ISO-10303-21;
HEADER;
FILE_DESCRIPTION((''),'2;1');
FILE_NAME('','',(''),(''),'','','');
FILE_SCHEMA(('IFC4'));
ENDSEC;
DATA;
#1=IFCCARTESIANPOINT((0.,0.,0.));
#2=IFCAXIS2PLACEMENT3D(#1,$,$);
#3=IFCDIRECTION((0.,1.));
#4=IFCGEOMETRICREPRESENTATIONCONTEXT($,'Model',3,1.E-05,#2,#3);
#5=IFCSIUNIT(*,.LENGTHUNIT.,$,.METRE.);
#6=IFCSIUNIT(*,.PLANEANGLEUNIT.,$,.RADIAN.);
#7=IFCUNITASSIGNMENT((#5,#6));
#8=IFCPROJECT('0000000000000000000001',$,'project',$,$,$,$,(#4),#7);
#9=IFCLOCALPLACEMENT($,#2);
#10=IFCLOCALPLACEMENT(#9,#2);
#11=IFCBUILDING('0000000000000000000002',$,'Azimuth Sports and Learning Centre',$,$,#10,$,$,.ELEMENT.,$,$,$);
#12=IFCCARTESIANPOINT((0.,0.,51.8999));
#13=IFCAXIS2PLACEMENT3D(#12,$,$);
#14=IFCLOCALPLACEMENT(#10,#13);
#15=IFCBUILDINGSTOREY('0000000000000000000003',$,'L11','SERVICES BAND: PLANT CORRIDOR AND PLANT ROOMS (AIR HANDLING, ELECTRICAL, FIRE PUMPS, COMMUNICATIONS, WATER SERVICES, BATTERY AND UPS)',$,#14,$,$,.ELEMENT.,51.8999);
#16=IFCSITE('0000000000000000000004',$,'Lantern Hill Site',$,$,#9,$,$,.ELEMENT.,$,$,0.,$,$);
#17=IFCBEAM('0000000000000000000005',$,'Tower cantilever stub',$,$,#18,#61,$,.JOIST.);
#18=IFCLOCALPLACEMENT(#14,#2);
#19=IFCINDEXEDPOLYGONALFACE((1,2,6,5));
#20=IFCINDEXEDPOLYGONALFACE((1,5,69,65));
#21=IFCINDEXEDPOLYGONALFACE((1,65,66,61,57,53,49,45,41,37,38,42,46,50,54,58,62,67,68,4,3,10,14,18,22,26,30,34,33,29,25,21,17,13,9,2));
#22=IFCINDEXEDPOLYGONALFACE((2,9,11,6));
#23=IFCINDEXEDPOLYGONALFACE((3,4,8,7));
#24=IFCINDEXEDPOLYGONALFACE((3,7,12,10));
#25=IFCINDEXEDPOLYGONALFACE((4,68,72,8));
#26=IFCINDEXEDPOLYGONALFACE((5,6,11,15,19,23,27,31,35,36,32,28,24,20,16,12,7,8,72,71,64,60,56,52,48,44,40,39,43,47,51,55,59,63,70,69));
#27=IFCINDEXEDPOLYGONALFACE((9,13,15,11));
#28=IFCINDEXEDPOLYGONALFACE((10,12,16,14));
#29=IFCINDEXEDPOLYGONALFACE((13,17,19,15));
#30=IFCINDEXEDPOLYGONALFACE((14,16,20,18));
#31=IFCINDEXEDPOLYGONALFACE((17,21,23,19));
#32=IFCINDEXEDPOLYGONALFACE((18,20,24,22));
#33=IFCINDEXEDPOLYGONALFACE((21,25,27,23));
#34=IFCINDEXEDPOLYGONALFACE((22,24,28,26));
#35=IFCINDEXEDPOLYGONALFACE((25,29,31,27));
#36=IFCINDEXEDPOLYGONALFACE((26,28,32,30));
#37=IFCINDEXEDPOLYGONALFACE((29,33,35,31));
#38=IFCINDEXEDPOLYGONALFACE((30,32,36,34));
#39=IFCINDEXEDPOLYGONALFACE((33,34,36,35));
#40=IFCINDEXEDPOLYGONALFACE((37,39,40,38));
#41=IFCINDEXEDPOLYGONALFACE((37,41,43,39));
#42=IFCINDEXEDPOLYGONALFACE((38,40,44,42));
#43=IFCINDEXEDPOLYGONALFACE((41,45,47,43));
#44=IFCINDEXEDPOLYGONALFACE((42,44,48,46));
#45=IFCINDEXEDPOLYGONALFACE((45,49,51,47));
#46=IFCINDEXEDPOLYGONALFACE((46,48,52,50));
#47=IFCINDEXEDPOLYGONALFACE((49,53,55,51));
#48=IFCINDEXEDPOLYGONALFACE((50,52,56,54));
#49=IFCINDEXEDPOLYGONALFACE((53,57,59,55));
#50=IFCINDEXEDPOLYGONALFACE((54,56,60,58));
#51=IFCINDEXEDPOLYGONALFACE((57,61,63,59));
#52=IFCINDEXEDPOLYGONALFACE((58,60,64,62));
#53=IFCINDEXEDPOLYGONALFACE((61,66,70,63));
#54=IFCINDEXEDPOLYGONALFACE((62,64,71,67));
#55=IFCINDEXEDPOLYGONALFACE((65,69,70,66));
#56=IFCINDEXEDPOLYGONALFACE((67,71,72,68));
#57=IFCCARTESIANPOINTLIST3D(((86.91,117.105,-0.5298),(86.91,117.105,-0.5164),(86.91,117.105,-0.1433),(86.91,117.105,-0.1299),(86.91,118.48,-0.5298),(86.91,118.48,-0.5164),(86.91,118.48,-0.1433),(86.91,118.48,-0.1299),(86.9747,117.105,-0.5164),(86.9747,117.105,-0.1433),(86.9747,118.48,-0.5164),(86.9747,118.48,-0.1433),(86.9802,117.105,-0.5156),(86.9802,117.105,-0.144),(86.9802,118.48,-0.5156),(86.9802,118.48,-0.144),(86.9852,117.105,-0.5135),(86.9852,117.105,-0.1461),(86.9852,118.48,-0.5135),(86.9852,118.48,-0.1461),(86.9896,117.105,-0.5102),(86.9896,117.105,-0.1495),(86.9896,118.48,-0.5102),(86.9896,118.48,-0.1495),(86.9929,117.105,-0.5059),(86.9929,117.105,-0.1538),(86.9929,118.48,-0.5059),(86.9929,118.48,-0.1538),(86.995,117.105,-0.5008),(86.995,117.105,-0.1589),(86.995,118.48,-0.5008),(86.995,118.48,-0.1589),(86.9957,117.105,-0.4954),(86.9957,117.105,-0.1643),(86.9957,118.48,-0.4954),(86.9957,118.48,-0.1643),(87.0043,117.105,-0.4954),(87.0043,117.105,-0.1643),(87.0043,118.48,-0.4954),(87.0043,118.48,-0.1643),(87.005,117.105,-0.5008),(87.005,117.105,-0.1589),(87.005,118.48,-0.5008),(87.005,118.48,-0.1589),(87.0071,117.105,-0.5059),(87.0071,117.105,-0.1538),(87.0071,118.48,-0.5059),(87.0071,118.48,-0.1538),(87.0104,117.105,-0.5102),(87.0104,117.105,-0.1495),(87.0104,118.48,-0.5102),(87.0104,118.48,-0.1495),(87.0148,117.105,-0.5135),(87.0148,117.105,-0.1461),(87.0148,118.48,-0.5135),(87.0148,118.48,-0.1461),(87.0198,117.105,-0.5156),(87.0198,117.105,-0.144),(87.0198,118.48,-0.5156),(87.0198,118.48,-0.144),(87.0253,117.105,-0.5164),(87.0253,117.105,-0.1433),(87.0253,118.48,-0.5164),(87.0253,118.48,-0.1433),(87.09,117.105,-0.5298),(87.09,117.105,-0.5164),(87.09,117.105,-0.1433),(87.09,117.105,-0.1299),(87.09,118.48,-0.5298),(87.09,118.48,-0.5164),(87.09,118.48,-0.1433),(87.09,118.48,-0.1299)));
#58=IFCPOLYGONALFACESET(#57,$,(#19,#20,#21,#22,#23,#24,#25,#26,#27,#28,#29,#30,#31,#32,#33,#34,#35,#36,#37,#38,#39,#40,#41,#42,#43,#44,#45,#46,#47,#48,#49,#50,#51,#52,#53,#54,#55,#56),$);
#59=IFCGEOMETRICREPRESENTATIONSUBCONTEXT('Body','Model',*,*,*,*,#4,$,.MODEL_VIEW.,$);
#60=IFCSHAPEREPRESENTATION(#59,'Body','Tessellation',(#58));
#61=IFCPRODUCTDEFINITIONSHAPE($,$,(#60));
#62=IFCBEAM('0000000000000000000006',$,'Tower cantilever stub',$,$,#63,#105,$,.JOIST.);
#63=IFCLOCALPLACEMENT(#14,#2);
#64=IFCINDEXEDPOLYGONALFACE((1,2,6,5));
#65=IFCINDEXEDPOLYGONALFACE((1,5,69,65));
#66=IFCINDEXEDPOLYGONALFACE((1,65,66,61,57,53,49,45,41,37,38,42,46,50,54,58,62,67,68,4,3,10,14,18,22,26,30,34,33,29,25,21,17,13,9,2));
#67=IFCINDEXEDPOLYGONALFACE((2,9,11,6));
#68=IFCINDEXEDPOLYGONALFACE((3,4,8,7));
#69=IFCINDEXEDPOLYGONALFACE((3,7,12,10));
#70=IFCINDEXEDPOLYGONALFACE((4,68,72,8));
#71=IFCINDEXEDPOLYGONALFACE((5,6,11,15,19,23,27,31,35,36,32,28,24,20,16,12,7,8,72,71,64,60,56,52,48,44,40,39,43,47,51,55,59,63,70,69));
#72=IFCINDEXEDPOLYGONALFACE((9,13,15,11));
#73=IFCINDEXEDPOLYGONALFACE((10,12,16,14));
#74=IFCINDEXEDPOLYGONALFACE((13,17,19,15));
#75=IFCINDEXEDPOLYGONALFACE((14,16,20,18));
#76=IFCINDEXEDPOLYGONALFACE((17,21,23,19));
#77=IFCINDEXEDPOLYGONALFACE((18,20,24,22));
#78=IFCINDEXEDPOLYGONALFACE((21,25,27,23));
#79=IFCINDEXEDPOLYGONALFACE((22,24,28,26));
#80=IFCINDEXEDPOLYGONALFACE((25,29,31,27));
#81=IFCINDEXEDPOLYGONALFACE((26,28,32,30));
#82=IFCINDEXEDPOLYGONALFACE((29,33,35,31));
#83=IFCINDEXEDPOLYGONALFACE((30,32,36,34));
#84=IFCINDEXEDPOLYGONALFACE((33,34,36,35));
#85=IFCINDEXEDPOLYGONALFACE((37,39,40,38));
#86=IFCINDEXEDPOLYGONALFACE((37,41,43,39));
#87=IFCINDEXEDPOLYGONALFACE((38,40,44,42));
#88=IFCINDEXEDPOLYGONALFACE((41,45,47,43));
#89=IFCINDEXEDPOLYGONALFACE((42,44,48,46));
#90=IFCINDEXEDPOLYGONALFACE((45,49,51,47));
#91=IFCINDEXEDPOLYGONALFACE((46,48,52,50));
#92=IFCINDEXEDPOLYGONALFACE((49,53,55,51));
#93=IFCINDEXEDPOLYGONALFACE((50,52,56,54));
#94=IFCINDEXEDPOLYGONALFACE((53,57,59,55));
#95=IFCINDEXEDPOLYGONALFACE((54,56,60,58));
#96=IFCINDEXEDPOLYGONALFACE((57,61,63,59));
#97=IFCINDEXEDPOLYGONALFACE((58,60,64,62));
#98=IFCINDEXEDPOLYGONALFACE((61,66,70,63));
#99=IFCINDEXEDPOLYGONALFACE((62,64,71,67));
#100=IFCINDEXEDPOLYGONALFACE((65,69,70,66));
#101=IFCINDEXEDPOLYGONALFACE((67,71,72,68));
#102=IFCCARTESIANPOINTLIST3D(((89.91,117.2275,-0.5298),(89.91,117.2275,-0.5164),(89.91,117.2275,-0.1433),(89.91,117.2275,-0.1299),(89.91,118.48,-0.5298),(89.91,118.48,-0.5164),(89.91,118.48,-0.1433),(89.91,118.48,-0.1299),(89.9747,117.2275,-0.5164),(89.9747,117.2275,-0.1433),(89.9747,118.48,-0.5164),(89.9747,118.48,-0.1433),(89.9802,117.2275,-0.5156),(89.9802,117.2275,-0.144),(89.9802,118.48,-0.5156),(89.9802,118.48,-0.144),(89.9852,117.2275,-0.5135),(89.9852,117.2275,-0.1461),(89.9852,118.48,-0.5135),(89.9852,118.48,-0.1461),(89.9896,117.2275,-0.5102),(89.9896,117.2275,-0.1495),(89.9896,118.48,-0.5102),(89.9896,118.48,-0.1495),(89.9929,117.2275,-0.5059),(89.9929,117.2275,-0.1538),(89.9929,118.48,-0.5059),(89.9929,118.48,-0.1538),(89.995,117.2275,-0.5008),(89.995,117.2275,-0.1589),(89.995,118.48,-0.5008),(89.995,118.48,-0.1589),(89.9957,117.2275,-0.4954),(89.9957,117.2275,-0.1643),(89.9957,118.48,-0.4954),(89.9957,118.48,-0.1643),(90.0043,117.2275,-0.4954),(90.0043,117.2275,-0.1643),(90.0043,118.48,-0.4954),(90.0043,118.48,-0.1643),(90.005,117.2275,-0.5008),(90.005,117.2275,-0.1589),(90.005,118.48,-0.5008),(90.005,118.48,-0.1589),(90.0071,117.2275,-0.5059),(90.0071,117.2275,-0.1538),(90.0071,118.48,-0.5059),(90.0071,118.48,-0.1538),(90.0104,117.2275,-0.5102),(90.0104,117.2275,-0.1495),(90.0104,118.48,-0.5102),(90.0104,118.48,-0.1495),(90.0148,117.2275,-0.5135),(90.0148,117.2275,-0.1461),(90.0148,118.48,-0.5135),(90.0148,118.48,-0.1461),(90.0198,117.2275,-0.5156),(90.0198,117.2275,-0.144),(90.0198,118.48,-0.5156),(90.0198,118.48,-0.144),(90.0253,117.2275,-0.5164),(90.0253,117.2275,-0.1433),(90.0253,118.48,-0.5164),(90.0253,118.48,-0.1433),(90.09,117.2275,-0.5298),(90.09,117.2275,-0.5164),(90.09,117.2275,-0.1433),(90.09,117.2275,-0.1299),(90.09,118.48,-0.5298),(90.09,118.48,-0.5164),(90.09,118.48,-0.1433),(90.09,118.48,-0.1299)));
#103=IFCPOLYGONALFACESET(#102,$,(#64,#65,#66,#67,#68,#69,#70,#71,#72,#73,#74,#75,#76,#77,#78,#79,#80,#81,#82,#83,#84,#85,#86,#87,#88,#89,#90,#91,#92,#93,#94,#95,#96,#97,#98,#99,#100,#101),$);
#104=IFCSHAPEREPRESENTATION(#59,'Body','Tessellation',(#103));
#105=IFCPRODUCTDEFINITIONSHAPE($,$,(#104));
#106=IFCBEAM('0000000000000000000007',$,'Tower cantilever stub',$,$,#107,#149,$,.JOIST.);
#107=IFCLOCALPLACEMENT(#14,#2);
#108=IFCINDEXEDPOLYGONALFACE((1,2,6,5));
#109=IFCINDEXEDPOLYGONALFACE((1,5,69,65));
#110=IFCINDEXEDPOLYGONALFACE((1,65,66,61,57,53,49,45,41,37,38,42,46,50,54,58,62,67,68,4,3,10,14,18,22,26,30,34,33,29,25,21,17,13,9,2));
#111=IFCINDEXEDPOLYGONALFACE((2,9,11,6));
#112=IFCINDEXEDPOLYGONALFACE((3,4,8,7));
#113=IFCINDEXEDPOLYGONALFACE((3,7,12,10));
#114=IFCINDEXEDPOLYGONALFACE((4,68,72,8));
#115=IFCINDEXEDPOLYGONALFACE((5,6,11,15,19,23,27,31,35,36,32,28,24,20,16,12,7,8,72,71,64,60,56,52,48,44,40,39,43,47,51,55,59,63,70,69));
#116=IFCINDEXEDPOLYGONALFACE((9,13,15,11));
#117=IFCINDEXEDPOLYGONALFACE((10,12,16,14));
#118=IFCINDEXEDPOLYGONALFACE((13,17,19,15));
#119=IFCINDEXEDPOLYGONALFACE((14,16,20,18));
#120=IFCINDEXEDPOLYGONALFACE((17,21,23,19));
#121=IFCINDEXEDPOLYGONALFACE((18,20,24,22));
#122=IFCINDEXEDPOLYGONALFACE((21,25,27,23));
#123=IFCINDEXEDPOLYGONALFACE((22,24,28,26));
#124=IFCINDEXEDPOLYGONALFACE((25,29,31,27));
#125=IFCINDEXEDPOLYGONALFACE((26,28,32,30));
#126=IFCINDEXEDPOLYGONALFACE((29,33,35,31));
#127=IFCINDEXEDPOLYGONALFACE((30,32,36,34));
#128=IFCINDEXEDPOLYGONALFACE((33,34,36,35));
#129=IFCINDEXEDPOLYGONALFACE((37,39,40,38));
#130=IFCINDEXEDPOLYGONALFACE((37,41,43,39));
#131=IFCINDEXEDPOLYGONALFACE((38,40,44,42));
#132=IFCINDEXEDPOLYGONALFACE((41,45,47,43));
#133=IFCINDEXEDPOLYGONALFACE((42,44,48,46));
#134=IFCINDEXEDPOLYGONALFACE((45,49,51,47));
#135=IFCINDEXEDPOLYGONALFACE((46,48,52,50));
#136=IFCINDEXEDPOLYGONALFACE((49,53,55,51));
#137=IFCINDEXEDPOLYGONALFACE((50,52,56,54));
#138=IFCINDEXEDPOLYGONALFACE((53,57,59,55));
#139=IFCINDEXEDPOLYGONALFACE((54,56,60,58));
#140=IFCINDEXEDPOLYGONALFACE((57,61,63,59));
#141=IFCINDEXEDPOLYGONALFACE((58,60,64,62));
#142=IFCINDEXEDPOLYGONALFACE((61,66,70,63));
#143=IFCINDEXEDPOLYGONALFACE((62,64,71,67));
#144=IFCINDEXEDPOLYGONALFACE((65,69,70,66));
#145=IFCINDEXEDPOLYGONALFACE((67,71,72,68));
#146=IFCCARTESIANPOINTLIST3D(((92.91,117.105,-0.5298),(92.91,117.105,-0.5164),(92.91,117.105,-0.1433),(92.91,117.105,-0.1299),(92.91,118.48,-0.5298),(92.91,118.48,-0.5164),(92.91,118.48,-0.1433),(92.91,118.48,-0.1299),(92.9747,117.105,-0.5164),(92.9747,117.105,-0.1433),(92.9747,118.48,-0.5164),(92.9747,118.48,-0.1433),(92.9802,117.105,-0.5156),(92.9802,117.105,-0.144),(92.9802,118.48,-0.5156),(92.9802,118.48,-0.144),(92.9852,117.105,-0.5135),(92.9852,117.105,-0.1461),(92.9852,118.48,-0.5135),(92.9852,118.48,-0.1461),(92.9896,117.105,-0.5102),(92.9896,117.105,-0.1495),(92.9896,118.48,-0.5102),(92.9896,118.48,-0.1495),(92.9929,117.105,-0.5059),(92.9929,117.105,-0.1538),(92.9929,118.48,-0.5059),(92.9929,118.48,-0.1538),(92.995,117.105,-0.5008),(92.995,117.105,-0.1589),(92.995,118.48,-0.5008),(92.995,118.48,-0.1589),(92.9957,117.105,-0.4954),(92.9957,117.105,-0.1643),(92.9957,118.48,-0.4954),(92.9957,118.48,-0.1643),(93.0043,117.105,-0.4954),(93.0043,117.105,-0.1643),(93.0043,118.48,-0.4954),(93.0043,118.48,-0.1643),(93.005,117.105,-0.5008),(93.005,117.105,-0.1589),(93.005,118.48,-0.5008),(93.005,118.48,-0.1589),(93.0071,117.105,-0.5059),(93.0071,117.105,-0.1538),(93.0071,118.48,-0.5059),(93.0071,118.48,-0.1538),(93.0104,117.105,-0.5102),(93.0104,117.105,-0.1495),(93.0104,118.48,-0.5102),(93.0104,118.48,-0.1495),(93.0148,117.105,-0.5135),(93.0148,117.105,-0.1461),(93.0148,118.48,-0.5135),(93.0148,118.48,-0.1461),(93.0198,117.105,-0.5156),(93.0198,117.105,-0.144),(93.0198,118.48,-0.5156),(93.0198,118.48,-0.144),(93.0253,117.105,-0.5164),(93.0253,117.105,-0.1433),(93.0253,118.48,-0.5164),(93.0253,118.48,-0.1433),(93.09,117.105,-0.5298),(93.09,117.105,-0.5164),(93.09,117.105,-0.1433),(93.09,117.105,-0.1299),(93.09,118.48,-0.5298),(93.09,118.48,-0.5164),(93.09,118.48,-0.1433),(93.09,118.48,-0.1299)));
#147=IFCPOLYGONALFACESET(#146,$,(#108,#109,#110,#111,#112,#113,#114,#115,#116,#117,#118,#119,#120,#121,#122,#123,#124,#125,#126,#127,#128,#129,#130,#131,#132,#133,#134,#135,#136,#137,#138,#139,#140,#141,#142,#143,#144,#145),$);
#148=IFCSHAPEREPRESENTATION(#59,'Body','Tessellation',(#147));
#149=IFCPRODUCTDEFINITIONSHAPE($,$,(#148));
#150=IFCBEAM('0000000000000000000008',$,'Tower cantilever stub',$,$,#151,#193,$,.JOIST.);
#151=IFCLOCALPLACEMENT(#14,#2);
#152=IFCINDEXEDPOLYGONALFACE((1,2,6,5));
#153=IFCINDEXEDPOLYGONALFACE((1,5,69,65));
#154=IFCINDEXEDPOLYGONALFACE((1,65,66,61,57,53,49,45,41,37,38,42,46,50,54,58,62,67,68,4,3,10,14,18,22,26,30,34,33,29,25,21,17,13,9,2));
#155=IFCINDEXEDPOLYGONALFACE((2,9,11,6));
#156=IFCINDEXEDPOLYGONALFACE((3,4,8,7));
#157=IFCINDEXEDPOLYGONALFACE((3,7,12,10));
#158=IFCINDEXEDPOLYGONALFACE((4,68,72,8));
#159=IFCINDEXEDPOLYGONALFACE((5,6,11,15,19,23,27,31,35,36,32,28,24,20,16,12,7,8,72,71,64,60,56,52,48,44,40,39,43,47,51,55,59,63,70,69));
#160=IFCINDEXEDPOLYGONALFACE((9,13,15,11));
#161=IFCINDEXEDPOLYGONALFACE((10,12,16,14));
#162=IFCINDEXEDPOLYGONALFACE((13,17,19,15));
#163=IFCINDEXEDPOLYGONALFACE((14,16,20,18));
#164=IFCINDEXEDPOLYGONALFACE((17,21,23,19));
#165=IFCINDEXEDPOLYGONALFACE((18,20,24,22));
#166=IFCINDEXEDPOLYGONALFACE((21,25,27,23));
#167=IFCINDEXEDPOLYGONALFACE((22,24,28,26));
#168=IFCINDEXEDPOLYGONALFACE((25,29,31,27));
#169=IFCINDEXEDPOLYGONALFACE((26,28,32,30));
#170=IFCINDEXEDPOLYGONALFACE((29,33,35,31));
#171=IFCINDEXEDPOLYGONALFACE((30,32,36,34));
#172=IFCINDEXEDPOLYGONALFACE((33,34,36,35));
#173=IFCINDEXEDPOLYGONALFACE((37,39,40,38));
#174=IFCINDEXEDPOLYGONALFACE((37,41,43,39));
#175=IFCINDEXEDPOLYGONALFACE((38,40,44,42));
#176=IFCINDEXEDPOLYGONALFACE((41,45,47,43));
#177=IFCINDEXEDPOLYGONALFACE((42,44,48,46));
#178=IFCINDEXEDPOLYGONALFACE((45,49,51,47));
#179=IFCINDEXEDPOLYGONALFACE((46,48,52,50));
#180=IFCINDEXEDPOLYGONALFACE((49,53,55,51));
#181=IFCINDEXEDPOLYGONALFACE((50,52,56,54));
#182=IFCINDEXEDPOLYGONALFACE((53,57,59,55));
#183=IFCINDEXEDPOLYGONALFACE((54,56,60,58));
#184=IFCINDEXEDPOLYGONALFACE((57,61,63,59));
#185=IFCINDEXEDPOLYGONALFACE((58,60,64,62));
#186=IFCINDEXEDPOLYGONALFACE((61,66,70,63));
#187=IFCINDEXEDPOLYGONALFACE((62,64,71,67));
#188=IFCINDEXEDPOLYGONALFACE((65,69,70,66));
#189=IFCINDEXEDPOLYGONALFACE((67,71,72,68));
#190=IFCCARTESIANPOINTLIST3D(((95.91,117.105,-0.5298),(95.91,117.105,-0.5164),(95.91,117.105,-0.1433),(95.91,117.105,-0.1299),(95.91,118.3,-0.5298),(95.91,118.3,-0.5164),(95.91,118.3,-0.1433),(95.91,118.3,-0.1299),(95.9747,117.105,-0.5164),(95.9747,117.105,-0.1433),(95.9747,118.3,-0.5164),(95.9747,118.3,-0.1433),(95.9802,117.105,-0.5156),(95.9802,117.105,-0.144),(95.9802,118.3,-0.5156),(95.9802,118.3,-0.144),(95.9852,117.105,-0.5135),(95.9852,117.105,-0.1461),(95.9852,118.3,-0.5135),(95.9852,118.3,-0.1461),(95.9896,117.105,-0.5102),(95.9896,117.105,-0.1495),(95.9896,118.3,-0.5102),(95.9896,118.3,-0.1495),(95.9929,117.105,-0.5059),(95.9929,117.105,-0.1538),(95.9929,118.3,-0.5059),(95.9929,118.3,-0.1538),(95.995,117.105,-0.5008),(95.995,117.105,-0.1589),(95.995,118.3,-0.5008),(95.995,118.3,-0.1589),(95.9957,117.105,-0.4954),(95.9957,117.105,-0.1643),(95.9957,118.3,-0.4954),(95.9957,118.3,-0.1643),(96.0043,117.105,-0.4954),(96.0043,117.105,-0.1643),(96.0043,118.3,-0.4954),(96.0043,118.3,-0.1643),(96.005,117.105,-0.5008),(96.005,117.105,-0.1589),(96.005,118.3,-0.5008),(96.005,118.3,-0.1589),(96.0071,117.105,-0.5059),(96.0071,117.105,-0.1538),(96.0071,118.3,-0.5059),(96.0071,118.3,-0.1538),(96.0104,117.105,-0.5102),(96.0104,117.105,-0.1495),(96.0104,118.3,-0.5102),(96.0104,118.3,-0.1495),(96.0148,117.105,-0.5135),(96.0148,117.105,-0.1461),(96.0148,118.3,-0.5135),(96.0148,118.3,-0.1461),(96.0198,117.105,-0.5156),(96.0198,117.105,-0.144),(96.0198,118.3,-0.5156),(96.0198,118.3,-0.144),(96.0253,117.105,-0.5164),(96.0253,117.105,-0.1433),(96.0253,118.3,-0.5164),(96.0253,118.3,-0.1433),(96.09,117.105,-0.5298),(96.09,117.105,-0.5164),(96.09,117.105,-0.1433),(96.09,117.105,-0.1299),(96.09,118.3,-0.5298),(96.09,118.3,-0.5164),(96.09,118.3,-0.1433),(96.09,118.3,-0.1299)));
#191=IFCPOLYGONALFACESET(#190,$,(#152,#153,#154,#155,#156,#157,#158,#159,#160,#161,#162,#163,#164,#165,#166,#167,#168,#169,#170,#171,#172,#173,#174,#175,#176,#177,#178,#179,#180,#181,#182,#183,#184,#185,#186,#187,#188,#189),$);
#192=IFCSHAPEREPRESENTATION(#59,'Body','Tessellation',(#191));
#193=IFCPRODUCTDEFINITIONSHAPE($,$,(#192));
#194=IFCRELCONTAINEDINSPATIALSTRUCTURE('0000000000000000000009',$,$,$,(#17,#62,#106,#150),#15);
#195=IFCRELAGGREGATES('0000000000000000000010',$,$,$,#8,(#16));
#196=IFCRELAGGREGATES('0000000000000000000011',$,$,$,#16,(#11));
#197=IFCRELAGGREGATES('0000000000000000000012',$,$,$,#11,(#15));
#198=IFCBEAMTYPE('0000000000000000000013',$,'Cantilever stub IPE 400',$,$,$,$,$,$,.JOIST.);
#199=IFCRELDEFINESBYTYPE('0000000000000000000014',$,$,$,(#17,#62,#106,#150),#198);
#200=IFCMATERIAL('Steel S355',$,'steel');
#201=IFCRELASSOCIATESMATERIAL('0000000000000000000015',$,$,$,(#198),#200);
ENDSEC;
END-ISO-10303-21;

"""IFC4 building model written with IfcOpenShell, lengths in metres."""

from ifc_helpers import new_model, si_unit, direction, frame, origin, origin_2d, place, context, subcontext, project, spatial, i_section, extrude, material, material_profile, profile_set, type_object, element, save


model = new_model("IFC4")

# Units and contexts
model_context = context("Model", 3, precision=1e-05, world=origin(), true_north=direction((0.0, 1.0)))
body_context = subcontext(model_context, "Body", "Model", "MODEL_VIEW")
ifc_project = project(units=[si_unit("LENGTHUNIT", "METRE"), si_unit("PLANEANGLEUNIT", "RADIAN")], contexts=[model_context])

# Site, building, storey
site_placement = place(None, origin())
site = spatial("IfcSite", under=ifc_project, at=site_placement, Name="Lantern Hill Site", CompositionType="ELEMENT", RefElevation=0.0)
building_placement = place(site_placement, origin())
building = spatial("IfcBuilding", under=site, at=building_placement, Name="Azimuth Sports and Learning Centre", CompositionType="ELEMENT")
storey_placement = place(building_placement, frame((0.0, 0.0, 51.8999)))
storey = spatial("IfcBuildingStorey", under=building, at=storey_placement, Name="L11", Description="SERVICES BAND: PLANT CORRIDOR AND PLANT ROOMS (AIR HANDLING, ELECTRICAL, FIRE PUMPS, COMMUNICATIONS, WATER SERVICES, BATTERY AND UPS)", CompositionType="ELEMENT", Elevation=51.8999)

# Beams
ifc_material_1 = material(Name="Steel S355", Category="steel")
ifc_material_profile_1 = material_profile(ifc_material_1, i_section(OverallWidth=0.1799, OverallDepth=0.3999, WebThickness=0.0085, FlangeThickness=0.0134, FilletRadius=0.021, at=origin_2d()), Name="IPE 400")
ifc_profile_set_1 = profile_set([ifc_material_profile_1], Name="Steel S355")
beam_type_1 = type_object("IfcBeamType", Name="Cantilever stub IPE 400", PredefinedType="JOIST", material=ifc_profile_set_1)
for number, where, z_axis, x_axis, name in (
    (1, (87.0, 117.105, -0.3298), (0.0, 1.0, 0.0), (-1.0, 0.0, 0.0), "Tower cantilever stub"),
):
    element("IfcBeam", number, at=place(storey_placement, frame(where, z_axis=z_axis, x_axis=x_axis)), inside=storey, type_object=beam_type_1, Name=name, PredefinedType="JOIST", context=body_context, shape_type="SweptSolid", body=[
        extrude(i_section(OverallWidth=0.1799, OverallDepth=0.3999, WebThickness=0.0085, FlangeThickness=0.0134, FilletRadius=0.021, at=origin_2d()), origin(), (0.0, 0.0, 1.0), 1.375),
    ])
beam_1_placement = place(storey_placement, frame((90.0, 117.2275, -0.3298), z_axis=(0.0, 1.0, 0.0), x_axis=(-1.0, 0.0, 0.0)))
element("IfcBeam", 2, at=beam_1_placement, inside=storey, type_object=beam_type_1, Name="Tower cantilever stub", PredefinedType="JOIST", context=body_context, shape_type="SweptSolid", body=[
    extrude(i_section(OverallWidth=0.1799, OverallDepth=0.3999, WebThickness=0.0085, FlangeThickness=0.0134, FilletRadius=0.021, at=origin_2d()), origin(), (0.0, 0.0, 1.0), 1.2524),
])
beam_2_placement = place(storey_placement, frame((93.0, 117.105, -0.3298), z_axis=(0.0, 1.0, 0.0), x_axis=(-1.0, 0.0, 0.0)))
element("IfcBeam", 3, at=beam_2_placement, inside=storey, type_object=beam_type_1, Name="Tower cantilever stub", PredefinedType="JOIST", context=body_context, shape_type="SweptSolid", body=[
    extrude(i_section(OverallWidth=0.1799, OverallDepth=0.3999, WebThickness=0.0085, FlangeThickness=0.0134, FilletRadius=0.021, at=origin_2d()), origin(), (0.0, 0.0, 1.0), 1.375),
])
beam_3_placement = place(storey_placement, frame((96.0, 117.105, -0.3298), z_axis=(0.0, 1.0, 0.0), x_axis=(-1.0, 0.0, 0.0)))
element("IfcBeam", 4, at=beam_3_placement, inside=storey, type_object=beam_type_1, Name="Tower cantilever stub", PredefinedType="JOIST", context=body_context, shape_type="SweptSolid", body=[
    extrude(i_section(OverallWidth=0.1799, OverallDepth=0.3999, WebThickness=0.0085, FlangeThickness=0.0134, FilletRadius=0.021, at=origin_2d()), origin(), (0.0, 0.0, 1.0), 1.1951),
])

save(model, "model.ifc")
